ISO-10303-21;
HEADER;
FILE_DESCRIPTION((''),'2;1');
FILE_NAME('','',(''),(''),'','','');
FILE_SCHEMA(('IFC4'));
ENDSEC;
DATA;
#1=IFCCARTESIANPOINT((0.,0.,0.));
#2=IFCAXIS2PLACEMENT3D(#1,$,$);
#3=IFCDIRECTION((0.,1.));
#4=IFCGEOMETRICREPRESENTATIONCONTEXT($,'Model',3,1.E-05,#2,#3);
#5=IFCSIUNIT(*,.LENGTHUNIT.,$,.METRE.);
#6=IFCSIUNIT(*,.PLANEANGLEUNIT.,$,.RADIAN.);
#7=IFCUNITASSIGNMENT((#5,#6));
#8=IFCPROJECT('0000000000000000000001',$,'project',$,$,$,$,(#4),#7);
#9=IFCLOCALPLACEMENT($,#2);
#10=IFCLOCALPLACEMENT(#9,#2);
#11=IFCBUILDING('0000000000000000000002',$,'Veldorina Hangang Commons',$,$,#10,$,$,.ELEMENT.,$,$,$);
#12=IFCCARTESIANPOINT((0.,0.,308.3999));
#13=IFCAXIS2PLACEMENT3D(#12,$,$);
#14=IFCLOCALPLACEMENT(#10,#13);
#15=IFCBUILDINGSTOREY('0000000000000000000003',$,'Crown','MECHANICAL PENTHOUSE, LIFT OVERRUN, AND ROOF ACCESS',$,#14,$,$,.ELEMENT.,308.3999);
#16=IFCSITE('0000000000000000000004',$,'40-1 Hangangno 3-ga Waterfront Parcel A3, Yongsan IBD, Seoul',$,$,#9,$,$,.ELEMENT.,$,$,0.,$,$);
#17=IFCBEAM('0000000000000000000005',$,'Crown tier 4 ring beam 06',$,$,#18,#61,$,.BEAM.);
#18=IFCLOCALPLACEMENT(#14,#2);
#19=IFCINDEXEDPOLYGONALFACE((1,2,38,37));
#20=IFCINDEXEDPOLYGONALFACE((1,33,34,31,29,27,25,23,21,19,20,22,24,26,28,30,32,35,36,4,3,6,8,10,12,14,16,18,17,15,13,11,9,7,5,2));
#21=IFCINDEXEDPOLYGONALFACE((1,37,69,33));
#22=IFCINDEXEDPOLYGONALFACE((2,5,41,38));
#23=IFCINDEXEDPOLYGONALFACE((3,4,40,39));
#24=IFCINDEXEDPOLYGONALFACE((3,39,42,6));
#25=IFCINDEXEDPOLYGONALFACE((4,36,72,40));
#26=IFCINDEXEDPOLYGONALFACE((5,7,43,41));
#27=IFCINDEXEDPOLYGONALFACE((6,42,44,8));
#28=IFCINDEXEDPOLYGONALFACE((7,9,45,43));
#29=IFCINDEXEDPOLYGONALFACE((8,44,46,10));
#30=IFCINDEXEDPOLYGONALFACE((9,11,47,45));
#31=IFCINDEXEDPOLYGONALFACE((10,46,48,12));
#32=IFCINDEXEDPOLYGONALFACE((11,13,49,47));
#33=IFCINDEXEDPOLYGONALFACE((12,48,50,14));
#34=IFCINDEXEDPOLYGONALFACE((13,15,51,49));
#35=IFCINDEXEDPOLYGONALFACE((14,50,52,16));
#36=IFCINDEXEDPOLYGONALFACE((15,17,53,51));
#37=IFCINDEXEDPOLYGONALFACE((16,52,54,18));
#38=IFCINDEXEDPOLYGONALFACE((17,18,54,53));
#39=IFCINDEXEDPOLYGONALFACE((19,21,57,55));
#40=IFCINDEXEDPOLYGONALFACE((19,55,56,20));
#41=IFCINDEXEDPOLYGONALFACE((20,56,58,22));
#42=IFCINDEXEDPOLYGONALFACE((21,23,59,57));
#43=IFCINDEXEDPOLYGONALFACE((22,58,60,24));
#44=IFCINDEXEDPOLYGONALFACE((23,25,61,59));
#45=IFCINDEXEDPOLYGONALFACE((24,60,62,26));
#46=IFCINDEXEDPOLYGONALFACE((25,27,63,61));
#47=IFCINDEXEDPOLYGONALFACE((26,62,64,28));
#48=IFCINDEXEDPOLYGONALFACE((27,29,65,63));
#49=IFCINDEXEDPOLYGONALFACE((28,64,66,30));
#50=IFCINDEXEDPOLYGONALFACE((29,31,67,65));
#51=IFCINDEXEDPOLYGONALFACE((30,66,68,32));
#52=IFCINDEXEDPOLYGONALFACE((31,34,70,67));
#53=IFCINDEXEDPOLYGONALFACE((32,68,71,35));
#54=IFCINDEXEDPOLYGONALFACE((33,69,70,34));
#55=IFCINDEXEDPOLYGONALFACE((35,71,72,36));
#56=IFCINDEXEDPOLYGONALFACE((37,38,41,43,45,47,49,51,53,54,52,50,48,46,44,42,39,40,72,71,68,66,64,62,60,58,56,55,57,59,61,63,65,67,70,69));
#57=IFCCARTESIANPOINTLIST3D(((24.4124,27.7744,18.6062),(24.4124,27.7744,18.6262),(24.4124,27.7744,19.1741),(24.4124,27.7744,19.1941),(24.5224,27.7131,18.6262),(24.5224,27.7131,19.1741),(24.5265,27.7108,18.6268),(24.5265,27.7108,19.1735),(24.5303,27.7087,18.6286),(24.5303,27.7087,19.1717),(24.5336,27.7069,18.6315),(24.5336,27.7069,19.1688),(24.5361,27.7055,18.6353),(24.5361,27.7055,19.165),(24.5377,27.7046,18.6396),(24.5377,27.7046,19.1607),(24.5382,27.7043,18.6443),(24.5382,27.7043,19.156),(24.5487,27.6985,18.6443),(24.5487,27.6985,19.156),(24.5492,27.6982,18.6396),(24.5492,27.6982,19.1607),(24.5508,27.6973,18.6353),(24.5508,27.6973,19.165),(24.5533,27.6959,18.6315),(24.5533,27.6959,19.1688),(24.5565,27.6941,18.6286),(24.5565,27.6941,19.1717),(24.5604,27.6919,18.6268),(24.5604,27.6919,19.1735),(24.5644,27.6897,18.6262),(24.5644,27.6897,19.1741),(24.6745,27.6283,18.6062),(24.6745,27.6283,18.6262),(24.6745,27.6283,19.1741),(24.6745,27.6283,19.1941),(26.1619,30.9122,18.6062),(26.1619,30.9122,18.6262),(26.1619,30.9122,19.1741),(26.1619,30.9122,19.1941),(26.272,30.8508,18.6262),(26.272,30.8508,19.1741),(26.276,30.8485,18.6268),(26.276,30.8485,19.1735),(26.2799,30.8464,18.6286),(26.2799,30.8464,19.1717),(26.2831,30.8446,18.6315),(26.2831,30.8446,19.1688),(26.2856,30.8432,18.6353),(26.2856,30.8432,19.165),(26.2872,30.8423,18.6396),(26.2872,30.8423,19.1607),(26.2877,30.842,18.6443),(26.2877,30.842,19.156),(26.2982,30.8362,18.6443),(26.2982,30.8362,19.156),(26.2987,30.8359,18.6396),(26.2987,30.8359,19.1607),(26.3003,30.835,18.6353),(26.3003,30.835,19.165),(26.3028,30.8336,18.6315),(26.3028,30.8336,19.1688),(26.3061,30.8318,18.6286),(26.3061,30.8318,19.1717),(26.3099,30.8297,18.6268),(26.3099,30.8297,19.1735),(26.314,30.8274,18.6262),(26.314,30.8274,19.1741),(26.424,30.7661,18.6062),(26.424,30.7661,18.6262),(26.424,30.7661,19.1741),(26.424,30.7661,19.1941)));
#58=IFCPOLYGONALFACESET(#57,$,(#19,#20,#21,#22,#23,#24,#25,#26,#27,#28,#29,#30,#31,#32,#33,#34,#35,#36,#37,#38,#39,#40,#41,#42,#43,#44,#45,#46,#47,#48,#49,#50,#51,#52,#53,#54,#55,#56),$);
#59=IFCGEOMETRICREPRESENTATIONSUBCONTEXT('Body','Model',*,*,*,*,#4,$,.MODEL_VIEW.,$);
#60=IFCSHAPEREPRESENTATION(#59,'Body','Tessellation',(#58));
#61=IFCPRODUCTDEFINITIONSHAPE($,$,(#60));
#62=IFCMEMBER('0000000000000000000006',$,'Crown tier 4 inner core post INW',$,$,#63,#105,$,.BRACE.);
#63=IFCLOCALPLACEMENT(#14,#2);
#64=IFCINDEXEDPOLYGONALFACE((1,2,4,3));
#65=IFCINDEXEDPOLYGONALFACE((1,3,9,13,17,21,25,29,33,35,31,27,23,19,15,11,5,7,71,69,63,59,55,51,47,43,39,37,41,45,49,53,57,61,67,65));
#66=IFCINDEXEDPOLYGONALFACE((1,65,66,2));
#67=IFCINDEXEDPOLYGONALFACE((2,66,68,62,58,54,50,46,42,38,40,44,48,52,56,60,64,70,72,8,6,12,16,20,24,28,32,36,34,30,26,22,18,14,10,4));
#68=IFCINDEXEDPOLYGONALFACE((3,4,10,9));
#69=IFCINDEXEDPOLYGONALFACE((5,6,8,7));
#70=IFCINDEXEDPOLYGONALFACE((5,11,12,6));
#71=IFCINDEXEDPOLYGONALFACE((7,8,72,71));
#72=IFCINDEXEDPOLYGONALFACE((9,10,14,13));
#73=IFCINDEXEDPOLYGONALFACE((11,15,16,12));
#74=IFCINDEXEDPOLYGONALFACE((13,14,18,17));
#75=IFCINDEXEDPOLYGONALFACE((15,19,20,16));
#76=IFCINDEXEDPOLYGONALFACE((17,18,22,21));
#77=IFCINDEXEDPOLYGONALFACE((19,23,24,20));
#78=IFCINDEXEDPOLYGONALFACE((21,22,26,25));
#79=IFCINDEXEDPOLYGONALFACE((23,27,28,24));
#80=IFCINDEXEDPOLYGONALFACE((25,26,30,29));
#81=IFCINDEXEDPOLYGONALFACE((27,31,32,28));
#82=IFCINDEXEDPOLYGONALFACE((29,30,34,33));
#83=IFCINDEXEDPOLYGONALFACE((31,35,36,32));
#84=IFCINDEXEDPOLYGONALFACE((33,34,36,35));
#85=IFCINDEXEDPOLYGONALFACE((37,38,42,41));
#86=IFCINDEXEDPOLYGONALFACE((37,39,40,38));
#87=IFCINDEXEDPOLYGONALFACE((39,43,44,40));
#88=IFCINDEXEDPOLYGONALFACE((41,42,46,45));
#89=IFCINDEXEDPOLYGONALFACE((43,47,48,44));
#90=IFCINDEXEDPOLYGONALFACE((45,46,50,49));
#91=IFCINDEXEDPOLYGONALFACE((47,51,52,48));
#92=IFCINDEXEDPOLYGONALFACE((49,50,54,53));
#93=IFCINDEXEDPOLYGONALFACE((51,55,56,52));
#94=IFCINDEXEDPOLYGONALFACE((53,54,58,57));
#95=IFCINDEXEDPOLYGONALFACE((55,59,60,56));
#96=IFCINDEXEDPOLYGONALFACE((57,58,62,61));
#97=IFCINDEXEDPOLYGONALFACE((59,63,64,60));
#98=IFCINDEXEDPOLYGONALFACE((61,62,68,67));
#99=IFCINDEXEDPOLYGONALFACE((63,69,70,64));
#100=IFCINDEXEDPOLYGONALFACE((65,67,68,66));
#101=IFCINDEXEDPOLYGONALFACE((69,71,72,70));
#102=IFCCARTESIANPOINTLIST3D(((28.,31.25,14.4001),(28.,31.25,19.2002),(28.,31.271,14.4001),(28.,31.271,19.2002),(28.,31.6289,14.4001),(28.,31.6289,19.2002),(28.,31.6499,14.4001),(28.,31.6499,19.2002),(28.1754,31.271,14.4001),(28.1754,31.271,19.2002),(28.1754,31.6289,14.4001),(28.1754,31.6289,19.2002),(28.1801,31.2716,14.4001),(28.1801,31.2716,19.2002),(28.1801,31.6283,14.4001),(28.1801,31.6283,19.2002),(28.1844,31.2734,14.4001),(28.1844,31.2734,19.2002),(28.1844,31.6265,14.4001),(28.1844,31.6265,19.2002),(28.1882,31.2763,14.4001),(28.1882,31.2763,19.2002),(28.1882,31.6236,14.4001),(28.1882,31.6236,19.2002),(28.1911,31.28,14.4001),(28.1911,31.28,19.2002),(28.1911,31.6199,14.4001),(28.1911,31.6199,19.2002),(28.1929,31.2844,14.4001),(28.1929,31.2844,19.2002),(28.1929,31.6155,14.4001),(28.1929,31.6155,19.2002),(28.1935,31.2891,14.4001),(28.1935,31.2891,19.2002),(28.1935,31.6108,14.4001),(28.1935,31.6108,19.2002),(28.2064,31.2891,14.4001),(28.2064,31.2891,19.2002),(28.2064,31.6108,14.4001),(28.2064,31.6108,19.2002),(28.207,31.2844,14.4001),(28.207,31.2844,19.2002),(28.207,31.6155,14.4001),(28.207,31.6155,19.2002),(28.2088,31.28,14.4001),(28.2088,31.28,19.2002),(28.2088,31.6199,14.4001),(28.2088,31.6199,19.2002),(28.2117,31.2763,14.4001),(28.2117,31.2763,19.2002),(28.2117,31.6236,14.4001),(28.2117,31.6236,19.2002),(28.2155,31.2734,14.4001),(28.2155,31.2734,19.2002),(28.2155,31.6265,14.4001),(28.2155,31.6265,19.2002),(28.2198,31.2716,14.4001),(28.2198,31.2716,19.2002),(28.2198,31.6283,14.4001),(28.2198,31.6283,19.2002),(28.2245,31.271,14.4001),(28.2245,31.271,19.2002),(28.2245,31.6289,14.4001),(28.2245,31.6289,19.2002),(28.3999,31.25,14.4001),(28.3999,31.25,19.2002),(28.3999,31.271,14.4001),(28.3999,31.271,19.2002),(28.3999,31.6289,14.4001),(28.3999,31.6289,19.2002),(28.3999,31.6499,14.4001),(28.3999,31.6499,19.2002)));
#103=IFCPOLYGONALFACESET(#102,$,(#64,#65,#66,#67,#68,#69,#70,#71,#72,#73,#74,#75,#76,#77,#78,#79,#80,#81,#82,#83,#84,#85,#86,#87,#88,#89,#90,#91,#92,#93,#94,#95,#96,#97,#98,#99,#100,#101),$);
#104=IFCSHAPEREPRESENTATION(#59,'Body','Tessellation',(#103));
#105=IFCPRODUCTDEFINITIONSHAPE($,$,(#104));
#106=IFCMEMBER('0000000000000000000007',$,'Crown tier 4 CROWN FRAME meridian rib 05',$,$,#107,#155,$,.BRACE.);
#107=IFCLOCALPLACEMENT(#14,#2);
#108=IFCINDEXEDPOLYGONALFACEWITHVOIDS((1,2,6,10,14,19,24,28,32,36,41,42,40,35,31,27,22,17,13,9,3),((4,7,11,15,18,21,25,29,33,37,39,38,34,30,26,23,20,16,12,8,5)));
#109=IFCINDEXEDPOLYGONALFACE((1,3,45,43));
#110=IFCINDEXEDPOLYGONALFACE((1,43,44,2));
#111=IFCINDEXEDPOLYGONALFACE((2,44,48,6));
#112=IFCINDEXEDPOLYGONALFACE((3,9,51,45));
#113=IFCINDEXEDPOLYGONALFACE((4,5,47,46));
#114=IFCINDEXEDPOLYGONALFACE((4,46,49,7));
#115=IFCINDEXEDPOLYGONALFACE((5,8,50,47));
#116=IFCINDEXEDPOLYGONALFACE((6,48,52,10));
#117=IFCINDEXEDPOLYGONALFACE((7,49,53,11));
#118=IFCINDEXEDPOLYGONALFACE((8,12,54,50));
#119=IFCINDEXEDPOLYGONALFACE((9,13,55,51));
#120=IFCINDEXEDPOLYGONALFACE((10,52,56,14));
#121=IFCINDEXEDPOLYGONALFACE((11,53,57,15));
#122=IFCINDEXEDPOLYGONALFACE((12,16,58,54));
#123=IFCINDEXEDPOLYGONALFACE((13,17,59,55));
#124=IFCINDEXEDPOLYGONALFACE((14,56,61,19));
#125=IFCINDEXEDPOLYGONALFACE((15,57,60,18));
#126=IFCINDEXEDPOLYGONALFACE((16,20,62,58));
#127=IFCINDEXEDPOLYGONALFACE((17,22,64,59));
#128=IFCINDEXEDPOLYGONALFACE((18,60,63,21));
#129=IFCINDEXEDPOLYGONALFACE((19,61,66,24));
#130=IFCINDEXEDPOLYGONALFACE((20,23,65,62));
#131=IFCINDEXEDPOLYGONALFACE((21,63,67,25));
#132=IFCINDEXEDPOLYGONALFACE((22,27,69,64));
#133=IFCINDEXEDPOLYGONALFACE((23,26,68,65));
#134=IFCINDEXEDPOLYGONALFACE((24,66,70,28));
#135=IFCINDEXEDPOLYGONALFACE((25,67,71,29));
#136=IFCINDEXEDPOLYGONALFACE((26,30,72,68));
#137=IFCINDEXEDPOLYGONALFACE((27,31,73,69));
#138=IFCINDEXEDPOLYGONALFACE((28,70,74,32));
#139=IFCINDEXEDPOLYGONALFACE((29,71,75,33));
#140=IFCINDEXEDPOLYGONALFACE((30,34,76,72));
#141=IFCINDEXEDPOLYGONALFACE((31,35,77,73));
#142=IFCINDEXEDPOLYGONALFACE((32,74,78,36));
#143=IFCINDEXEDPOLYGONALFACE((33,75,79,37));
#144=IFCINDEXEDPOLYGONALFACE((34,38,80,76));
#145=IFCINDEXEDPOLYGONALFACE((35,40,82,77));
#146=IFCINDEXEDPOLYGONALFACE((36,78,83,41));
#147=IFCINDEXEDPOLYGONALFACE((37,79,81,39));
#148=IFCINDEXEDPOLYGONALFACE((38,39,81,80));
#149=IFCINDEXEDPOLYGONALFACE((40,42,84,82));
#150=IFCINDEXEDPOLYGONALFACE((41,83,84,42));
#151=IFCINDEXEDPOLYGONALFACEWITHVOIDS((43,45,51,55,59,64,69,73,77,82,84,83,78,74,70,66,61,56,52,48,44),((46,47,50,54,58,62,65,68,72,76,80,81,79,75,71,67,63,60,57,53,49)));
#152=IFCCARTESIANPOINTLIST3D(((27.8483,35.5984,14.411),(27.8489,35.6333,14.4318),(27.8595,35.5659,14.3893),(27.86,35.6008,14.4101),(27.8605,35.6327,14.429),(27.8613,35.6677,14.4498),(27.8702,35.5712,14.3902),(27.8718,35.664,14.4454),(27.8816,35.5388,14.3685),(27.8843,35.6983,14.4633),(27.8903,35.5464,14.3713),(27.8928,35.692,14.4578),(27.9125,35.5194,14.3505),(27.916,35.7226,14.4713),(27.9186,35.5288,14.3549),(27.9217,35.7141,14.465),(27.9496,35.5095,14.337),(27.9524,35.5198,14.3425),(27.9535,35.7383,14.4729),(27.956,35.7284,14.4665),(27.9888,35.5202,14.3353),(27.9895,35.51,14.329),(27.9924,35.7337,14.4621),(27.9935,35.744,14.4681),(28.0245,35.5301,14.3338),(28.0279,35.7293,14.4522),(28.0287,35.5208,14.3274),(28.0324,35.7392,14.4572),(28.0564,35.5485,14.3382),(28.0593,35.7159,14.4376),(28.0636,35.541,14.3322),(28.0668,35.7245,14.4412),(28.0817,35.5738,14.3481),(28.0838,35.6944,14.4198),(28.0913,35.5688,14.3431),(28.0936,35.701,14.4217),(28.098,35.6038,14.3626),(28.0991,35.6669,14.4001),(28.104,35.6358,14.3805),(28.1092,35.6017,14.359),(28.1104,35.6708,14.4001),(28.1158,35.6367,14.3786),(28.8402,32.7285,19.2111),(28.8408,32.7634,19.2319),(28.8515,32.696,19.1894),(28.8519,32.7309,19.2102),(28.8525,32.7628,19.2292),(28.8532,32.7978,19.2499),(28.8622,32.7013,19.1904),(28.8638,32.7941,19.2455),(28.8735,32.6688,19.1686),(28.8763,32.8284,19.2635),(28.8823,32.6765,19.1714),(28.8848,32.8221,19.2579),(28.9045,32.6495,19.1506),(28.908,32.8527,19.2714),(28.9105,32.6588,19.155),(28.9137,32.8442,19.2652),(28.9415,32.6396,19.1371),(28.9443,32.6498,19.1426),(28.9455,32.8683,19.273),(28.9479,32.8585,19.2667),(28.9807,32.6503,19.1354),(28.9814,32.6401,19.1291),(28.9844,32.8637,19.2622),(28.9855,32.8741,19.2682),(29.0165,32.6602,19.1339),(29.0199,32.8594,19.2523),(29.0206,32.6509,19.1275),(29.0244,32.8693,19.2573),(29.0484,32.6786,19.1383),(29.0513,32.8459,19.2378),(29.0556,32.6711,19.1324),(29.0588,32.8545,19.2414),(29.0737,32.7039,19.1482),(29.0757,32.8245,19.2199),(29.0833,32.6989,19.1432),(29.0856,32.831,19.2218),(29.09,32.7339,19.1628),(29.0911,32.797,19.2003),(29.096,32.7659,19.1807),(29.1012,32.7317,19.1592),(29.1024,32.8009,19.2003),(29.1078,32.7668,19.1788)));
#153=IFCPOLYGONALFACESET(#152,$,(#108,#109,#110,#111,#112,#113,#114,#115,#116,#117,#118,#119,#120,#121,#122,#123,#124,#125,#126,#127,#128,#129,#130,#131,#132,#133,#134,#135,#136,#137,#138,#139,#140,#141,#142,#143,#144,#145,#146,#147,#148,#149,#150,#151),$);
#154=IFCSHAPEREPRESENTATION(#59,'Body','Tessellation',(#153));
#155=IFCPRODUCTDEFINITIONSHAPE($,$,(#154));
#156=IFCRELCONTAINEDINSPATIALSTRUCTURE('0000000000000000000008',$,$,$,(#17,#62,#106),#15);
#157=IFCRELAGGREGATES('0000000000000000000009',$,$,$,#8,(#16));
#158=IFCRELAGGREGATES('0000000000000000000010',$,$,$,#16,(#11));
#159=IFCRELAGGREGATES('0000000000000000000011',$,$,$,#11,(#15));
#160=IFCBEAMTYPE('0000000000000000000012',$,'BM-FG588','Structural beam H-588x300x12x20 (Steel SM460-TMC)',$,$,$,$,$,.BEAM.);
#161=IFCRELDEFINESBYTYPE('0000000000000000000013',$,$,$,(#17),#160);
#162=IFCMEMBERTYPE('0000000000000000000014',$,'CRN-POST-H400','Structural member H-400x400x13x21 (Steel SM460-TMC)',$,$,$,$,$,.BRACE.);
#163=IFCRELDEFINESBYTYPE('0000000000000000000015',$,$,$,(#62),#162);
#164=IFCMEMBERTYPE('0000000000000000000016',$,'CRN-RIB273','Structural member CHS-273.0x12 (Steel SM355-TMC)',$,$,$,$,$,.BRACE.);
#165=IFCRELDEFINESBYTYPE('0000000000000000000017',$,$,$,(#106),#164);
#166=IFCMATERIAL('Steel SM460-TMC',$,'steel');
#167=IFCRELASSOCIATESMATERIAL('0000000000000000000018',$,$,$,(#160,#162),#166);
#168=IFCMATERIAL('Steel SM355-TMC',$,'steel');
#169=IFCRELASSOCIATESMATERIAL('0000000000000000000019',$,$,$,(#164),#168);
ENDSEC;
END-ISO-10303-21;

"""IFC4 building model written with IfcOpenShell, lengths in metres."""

from ifc_helpers import new_model, si_unit, direction, frame, origin, origin_2d, place, context, subcontext, project, spatial, hollow_circle, i_section, extrude, material, material_profile, profile_set, type_object, element, save


model = new_model("IFC4")

# Units and contexts
model_context = context("Model", 3, precision=1e-05, world=origin(), true_north=direction((0.0, 1.0)))
body_context = subcontext(model_context, "Body", "Model", "MODEL_VIEW")
ifc_project = project(units=[si_unit("LENGTHUNIT", "METRE"), si_unit("PLANEANGLEUNIT", "RADIAN")], contexts=[model_context])

# Site, building, storey
site_placement = place(None, origin())
site = spatial("IfcSite", under=ifc_project, at=site_placement, Name="40-1 Hangangno 3-ga Waterfront Parcel A3, Yongsan IBD, Seoul", CompositionType="ELEMENT", RefElevation=0.0)
building_placement = place(site_placement, origin())
building = spatial("IfcBuilding", under=site, at=building_placement, Name="Veldorina Hangang Commons", CompositionType="ELEMENT")
storey_placement = place(building_placement, frame((0.0, 0.0, 308.3999)))
storey = spatial("IfcBuildingStorey", under=building, at=storey_placement, Name="Crown", Description="MECHANICAL PENTHOUSE, LIFT OVERRUN, AND ROOF ACCESS", CompositionType="ELEMENT", Elevation=308.3999)

# Beam
ifc_material_1 = material(Name="Steel SM460-TMC", Category="steel")
ifc_material_profile_1 = material_profile(ifc_material_1, i_section(OverallWidth=0.3, OverallDepth=0.5879, WebThickness=0.012, FlangeThickness=0.02, FilletRadius=0.0181, at=origin_2d()), Name="H-588x300x12x20")
ifc_profile_set_1 = profile_set([ifc_material_profile_1], Name="Steel SM460-TMC")
beam_type = type_object("IfcBeamType", Name="BM-FG588", Description="Structural beam H-588x300x12x20 (Steel SM460-TMC)", PredefinedType="BEAM", material=ifc_profile_set_1)
beam_1_placement = place(storey_placement, frame((26.293, 30.8391, 18.9001), z_axis=(-0.486993, -0.873406, 0.0), x_axis=(0.873406, -0.486993, 0.0)))
element("IfcBeam", 1, at=beam_1_placement, inside=storey, type_object=beam_type, Name="Crown tier 4 ring beam 06", PredefinedType="BEAM", context=body_context, shape_type="SweptSolid", body=[
    extrude(i_section(OverallWidth=0.3, OverallDepth=0.5879, WebThickness=0.012, FlangeThickness=0.02, FilletRadius=0.0181, at=origin_2d()), origin(), (0.0, 0.0, 1.0), 3.5925),
])

# Members
ifc_material_profile_2 = material_profile(ifc_material_1, i_section(OverallWidth=0.3999, OverallDepth=0.3999, WebThickness=0.0129, FlangeThickness=0.021, FilletRadius=0.0181, at=origin_2d()), Name="H-400x400x13x21")
ifc_profile_set_2 = profile_set([ifc_material_profile_2], Name="Steel SM460-TMC")
member_type_1 = type_object("IfcMemberType", Name="CRN-POST-H400", Description="Structural member H-400x400x13x21 (Steel SM460-TMC)", PredefinedType="BRACE", material=ifc_profile_set_2)
member_1_placement = place(storey_placement, frame((28.2, 31.45, 14.4001), z_axis=(0.0, 0.0, 1.0), x_axis=(1.0, 0.0, 0.0)))
element("IfcMember", 2, at=member_1_placement, inside=storey, type_object=member_type_1, Name="Crown tier 4 inner core post INW", PredefinedType="BRACE", context=body_context, shape_type="SweptSolid", body=[
    extrude(i_section(OverallWidth=0.3999, OverallDepth=0.3999, WebThickness=0.0129, FlangeThickness=0.021, FilletRadius=0.0181, at=origin_2d()), origin(), (0.0, 0.0, 1.0), 4.8),
])
ifc_material_2 = material(Name="Steel SM355-TMC", Category="steel")
ifc_material_profile_3 = material_profile(ifc_material_2, hollow_circle(Radius=0.1365, WallThickness=0.012, at=origin_2d()), Name="CHS-273.0x12")
ifc_profile_set_3 = profile_set([ifc_material_profile_3], Name="Steel SM355-TMC")
member_type_2 = type_object("IfcMemberType", Name="CRN-RIB273", Description="Structural member CHS-273.0x12 (Steel SM355-TMC)", PredefinedType="BRACE", material=ifc_profile_set_3)
member_2_placement = place(storey_placement, frame((27.9814, 35.6262, 14.4001), z_axis=(0.174643, -0.505273, 0.845103), x_axis=(0.945136, 0.326677, 0.0)))
element("IfcMember", 3, at=member_2_placement, inside=storey, type_object=member_type_2, Name="Crown tier 4 CROWN FRAME meridian rib 05", PredefinedType="BRACE", context=body_context, shape_type="SweptSolid", body=[
    extrude(hollow_circle(Radius=0.1365, WallThickness=0.012, at=origin_2d()), origin(), (0.0, 0.0, 1.0), 5.6799),
])

save(model, "model.ifc")
